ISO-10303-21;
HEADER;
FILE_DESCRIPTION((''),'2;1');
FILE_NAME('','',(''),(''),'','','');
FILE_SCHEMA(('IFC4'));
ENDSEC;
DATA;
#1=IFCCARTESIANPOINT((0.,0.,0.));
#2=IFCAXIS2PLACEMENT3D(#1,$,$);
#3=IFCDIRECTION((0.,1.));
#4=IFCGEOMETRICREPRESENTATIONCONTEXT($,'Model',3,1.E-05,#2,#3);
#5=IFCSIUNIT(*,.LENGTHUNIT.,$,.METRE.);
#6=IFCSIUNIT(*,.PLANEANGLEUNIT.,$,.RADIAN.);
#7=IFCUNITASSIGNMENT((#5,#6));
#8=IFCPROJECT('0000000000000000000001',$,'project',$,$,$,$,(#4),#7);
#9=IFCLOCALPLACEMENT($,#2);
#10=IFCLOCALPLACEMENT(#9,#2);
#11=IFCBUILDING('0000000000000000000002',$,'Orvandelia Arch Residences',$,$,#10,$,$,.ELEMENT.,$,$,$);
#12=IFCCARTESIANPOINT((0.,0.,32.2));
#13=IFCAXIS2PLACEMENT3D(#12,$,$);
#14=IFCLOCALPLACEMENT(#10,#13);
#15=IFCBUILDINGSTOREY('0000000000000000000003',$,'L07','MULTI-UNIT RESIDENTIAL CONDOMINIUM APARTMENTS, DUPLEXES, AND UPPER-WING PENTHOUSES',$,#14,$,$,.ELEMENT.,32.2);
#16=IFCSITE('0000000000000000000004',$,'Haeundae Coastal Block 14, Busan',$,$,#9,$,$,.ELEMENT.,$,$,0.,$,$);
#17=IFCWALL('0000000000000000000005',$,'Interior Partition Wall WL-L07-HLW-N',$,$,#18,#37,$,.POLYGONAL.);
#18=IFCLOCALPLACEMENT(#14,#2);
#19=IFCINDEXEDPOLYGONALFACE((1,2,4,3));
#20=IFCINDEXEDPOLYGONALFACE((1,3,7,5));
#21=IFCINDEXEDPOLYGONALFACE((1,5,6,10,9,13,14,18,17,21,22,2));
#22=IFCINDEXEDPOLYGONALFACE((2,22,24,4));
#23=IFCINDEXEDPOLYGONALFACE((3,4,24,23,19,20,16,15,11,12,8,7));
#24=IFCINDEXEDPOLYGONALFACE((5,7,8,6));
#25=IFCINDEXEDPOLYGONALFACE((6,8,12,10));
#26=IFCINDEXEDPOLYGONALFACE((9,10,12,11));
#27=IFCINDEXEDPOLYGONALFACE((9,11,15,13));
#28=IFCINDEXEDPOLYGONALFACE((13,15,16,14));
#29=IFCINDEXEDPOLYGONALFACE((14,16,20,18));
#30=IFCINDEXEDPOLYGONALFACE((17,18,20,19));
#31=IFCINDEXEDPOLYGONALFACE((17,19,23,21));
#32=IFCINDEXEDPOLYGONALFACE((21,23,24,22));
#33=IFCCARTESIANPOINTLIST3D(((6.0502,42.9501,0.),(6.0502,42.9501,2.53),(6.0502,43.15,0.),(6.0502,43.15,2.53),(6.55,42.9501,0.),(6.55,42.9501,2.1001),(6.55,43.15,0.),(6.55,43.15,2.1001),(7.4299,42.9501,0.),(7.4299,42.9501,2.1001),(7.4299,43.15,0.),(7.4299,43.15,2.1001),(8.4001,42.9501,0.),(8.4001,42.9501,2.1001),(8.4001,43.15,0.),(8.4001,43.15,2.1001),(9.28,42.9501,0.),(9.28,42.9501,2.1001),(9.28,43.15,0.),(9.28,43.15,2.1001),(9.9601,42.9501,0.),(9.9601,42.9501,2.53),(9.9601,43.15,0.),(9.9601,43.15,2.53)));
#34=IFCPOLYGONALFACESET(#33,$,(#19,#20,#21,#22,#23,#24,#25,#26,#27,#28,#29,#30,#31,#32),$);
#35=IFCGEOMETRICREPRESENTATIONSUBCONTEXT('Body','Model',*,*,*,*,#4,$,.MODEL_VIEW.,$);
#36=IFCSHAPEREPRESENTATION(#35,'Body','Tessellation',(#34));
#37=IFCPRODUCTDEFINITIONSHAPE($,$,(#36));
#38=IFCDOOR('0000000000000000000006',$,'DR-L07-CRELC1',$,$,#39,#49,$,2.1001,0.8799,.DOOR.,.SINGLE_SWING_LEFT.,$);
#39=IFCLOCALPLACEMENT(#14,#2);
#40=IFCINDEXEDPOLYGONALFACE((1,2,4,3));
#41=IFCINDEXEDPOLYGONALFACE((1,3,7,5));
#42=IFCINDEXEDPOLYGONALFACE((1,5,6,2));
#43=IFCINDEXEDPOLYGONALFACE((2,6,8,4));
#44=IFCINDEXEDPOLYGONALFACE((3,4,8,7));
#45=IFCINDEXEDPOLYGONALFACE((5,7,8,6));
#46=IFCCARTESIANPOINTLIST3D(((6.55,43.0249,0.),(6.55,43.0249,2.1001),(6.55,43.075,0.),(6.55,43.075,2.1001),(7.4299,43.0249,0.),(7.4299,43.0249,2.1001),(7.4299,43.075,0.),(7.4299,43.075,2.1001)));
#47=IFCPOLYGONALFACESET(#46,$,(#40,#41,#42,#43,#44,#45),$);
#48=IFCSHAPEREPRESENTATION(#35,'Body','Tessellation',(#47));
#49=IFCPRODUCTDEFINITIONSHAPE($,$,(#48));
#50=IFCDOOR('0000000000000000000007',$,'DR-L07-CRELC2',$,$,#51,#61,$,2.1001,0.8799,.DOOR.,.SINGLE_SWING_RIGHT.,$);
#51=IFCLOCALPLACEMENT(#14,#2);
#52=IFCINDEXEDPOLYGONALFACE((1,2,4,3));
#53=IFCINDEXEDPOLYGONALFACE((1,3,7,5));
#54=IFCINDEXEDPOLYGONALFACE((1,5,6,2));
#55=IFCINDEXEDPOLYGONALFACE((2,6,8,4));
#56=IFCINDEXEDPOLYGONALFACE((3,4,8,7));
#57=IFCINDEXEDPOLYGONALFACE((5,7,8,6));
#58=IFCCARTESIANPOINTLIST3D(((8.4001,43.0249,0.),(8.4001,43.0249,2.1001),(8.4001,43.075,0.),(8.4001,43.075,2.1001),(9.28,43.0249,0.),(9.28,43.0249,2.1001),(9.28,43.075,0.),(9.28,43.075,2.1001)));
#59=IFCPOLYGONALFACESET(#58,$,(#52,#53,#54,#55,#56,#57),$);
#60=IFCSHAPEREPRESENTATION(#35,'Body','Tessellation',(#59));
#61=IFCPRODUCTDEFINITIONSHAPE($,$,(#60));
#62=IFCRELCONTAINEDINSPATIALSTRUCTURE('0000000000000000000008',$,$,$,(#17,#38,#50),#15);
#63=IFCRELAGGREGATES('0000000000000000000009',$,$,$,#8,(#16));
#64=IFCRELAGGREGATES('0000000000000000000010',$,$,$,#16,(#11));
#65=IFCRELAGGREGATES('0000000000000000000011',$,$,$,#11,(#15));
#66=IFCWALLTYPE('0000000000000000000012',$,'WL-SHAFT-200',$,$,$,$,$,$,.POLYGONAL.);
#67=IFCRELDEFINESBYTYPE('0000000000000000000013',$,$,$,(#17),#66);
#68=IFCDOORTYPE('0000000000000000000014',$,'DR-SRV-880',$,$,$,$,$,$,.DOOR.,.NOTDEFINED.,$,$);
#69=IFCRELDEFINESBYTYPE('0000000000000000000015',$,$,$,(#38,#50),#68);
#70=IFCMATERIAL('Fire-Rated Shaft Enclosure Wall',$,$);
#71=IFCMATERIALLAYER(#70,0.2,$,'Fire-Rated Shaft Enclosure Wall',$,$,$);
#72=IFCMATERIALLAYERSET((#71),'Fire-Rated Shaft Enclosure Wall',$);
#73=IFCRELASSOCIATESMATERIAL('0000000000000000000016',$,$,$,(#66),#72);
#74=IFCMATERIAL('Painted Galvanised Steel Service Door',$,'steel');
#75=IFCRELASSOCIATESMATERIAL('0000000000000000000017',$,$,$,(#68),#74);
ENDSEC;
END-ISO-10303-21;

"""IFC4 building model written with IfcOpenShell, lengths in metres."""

from ifc_helpers import new_model, si_unit, direction, frame, frame_2d, origin, place, context, subcontext, project, spatial, rectangle, extrude, material, layer, layer_set, type_object, element, fill, save


model = new_model("IFC4")

# Units and contexts
model_context = context("Model", 3, precision=1e-05, world=origin(), true_north=direction((0.0, 1.0)))
body_context = subcontext(model_context, "Body", "Model", "MODEL_VIEW")
ifc_project = project(units=[si_unit("LENGTHUNIT", "METRE"), si_unit("PLANEANGLEUNIT", "RADIAN")], contexts=[model_context])

# Site, building, storey
site_placement = place(None, origin())
site = spatial("IfcSite", under=ifc_project, at=site_placement, Name="Haeundae Coastal Block 14, Busan", CompositionType="ELEMENT", RefElevation=0.0)
building_placement = place(site_placement, origin())
building = spatial("IfcBuilding", under=site, at=building_placement, Name="Orvandelia Arch Residences", CompositionType="ELEMENT")
storey_placement = place(building_placement, frame((0.0, 0.0, 32.2)))
storey = spatial("IfcBuildingStorey", under=building, at=storey_placement, Name="L07", Description="MULTI-UNIT RESIDENTIAL CONDOMINIUM APARTMENTS, DUPLEXES, AND UPPER-WING PENTHOUSES", CompositionType="ELEMENT", Elevation=32.2)

# Wall, openings, doors
ifc_material_1 = material(Name="Fire-Rated Shaft Enclosure Wall")
ifc_layer_1 = layer(ifc_material_1, 0.2, Name="Fire-Rated Shaft Enclosure Wall")
ifc_layer_set_1 = layer_set([ifc_layer_1], Name="Fire-Rated Shaft Enclosure Wall")
wall_type_1 = type_object("IfcWallType", Name="WL-SHAFT-200", PredefinedType="POLYGONAL", material=ifc_layer_set_1)
wall_1_placement = place(storey_placement, frame((6.05, 43.05, 0.0), z_axis=(0.0, 0.0, 1.0), x_axis=(1.0, 0.0, 0.0)))
wall_1 = element("IfcWall", 1, at=wall_1_placement, inside=storey, type_object=wall_type_1, Name="Interior Partition Wall WL-L07-HLW-N", PredefinedType="POLYGONAL", context=body_context, shape_type="SweptSolid", body=[
    extrude(rectangle(XDim=3.9099, YDim=0.2, at=frame_2d((1.9551, 0.0))), origin(), (0.0, 0.0, 1.0), 2.53),
])
opening_1_placement = place(wall_1_placement, frame((0.5, 0.0, 0.0)))
opening_1 = element("IfcOpeningElement", 2, at=opening_1_placement, cuts=wall_1, PredefinedType="OPENING", context=body_context, shape_type="SweptSolid", body=[
    extrude(rectangle(XDim=0.8799, YDim=2.1001, at=frame_2d((0.4399, 1.05))), frame((0.0, 0.1099, 0.0), z_axis=(0.0, -1.0, 0.0), x_axis=(1.0, 0.0, 0.0)), (0.0, 0.0, 1.0), 0.22),
])
opening_2_placement = place(wall_1_placement, frame((2.3501, 0.0, 0.0)))
opening_2 = element("IfcOpeningElement", 3, at=opening_2_placement, cuts=wall_1, PredefinedType="OPENING", context=body_context, shape_type="SweptSolid", body=[
    extrude(rectangle(XDim=0.8799, YDim=2.1001, at=frame_2d((0.4399, 1.05))), frame((0.0, 0.1099, 0.0), z_axis=(0.0, -1.0, 0.0), x_axis=(1.0, 0.0, 0.0)), (0.0, 0.0, 1.0), 0.22),
])
ifc_material_2 = material(Name="Painted Galvanised Steel Service Door", Category="steel")
door_type = type_object("IfcDoorType", Name="DR-SRV-880", OperationType="NOTDEFINED", PredefinedType="DOOR", material=ifc_material_2)
door_1_placement = place(opening_1_placement, origin())
door_1 = element("IfcDoor", 4, at=door_1_placement, inside=storey, type_object=door_type, Name="DR-L07-CRELC1", OperationType="SINGLE_SWING_LEFT", OverallHeight=2.1001, OverallWidth=0.8799, PredefinedType="DOOR", context=body_context, shape_type="SweptSolid", body=[
    extrude(rectangle(XDim=0.8799, YDim=2.1001, at=frame_2d((0.4399, 1.05))), frame((0.0, 0.0249, 0.0), z_axis=(0.0, -1.0, 0.0), x_axis=(1.0, 0.0, 0.0)), (0.0, 0.0, 1.0), 0.05),
])
fill(opening_1, door_1)
door_2_placement = place(opening_2_placement, origin())
door_2 = element("IfcDoor", 5, at=door_2_placement, inside=storey, type_object=door_type, Name="DR-L07-CRELC2", OperationType="SINGLE_SWING_RIGHT", OverallHeight=2.1001, OverallWidth=0.8799, PredefinedType="DOOR", context=body_context, shape_type="SweptSolid", body=[
    extrude(rectangle(XDim=0.8799, YDim=2.1001, at=frame_2d((0.4399, 1.05))), frame((0.0, 0.0249, 0.0), z_axis=(0.0, -1.0, 0.0), x_axis=(1.0, 0.0, 0.0)), (0.0, 0.0, 1.0), 0.05),
])
fill(opening_2, door_2)

save(model, "model.ifc")
